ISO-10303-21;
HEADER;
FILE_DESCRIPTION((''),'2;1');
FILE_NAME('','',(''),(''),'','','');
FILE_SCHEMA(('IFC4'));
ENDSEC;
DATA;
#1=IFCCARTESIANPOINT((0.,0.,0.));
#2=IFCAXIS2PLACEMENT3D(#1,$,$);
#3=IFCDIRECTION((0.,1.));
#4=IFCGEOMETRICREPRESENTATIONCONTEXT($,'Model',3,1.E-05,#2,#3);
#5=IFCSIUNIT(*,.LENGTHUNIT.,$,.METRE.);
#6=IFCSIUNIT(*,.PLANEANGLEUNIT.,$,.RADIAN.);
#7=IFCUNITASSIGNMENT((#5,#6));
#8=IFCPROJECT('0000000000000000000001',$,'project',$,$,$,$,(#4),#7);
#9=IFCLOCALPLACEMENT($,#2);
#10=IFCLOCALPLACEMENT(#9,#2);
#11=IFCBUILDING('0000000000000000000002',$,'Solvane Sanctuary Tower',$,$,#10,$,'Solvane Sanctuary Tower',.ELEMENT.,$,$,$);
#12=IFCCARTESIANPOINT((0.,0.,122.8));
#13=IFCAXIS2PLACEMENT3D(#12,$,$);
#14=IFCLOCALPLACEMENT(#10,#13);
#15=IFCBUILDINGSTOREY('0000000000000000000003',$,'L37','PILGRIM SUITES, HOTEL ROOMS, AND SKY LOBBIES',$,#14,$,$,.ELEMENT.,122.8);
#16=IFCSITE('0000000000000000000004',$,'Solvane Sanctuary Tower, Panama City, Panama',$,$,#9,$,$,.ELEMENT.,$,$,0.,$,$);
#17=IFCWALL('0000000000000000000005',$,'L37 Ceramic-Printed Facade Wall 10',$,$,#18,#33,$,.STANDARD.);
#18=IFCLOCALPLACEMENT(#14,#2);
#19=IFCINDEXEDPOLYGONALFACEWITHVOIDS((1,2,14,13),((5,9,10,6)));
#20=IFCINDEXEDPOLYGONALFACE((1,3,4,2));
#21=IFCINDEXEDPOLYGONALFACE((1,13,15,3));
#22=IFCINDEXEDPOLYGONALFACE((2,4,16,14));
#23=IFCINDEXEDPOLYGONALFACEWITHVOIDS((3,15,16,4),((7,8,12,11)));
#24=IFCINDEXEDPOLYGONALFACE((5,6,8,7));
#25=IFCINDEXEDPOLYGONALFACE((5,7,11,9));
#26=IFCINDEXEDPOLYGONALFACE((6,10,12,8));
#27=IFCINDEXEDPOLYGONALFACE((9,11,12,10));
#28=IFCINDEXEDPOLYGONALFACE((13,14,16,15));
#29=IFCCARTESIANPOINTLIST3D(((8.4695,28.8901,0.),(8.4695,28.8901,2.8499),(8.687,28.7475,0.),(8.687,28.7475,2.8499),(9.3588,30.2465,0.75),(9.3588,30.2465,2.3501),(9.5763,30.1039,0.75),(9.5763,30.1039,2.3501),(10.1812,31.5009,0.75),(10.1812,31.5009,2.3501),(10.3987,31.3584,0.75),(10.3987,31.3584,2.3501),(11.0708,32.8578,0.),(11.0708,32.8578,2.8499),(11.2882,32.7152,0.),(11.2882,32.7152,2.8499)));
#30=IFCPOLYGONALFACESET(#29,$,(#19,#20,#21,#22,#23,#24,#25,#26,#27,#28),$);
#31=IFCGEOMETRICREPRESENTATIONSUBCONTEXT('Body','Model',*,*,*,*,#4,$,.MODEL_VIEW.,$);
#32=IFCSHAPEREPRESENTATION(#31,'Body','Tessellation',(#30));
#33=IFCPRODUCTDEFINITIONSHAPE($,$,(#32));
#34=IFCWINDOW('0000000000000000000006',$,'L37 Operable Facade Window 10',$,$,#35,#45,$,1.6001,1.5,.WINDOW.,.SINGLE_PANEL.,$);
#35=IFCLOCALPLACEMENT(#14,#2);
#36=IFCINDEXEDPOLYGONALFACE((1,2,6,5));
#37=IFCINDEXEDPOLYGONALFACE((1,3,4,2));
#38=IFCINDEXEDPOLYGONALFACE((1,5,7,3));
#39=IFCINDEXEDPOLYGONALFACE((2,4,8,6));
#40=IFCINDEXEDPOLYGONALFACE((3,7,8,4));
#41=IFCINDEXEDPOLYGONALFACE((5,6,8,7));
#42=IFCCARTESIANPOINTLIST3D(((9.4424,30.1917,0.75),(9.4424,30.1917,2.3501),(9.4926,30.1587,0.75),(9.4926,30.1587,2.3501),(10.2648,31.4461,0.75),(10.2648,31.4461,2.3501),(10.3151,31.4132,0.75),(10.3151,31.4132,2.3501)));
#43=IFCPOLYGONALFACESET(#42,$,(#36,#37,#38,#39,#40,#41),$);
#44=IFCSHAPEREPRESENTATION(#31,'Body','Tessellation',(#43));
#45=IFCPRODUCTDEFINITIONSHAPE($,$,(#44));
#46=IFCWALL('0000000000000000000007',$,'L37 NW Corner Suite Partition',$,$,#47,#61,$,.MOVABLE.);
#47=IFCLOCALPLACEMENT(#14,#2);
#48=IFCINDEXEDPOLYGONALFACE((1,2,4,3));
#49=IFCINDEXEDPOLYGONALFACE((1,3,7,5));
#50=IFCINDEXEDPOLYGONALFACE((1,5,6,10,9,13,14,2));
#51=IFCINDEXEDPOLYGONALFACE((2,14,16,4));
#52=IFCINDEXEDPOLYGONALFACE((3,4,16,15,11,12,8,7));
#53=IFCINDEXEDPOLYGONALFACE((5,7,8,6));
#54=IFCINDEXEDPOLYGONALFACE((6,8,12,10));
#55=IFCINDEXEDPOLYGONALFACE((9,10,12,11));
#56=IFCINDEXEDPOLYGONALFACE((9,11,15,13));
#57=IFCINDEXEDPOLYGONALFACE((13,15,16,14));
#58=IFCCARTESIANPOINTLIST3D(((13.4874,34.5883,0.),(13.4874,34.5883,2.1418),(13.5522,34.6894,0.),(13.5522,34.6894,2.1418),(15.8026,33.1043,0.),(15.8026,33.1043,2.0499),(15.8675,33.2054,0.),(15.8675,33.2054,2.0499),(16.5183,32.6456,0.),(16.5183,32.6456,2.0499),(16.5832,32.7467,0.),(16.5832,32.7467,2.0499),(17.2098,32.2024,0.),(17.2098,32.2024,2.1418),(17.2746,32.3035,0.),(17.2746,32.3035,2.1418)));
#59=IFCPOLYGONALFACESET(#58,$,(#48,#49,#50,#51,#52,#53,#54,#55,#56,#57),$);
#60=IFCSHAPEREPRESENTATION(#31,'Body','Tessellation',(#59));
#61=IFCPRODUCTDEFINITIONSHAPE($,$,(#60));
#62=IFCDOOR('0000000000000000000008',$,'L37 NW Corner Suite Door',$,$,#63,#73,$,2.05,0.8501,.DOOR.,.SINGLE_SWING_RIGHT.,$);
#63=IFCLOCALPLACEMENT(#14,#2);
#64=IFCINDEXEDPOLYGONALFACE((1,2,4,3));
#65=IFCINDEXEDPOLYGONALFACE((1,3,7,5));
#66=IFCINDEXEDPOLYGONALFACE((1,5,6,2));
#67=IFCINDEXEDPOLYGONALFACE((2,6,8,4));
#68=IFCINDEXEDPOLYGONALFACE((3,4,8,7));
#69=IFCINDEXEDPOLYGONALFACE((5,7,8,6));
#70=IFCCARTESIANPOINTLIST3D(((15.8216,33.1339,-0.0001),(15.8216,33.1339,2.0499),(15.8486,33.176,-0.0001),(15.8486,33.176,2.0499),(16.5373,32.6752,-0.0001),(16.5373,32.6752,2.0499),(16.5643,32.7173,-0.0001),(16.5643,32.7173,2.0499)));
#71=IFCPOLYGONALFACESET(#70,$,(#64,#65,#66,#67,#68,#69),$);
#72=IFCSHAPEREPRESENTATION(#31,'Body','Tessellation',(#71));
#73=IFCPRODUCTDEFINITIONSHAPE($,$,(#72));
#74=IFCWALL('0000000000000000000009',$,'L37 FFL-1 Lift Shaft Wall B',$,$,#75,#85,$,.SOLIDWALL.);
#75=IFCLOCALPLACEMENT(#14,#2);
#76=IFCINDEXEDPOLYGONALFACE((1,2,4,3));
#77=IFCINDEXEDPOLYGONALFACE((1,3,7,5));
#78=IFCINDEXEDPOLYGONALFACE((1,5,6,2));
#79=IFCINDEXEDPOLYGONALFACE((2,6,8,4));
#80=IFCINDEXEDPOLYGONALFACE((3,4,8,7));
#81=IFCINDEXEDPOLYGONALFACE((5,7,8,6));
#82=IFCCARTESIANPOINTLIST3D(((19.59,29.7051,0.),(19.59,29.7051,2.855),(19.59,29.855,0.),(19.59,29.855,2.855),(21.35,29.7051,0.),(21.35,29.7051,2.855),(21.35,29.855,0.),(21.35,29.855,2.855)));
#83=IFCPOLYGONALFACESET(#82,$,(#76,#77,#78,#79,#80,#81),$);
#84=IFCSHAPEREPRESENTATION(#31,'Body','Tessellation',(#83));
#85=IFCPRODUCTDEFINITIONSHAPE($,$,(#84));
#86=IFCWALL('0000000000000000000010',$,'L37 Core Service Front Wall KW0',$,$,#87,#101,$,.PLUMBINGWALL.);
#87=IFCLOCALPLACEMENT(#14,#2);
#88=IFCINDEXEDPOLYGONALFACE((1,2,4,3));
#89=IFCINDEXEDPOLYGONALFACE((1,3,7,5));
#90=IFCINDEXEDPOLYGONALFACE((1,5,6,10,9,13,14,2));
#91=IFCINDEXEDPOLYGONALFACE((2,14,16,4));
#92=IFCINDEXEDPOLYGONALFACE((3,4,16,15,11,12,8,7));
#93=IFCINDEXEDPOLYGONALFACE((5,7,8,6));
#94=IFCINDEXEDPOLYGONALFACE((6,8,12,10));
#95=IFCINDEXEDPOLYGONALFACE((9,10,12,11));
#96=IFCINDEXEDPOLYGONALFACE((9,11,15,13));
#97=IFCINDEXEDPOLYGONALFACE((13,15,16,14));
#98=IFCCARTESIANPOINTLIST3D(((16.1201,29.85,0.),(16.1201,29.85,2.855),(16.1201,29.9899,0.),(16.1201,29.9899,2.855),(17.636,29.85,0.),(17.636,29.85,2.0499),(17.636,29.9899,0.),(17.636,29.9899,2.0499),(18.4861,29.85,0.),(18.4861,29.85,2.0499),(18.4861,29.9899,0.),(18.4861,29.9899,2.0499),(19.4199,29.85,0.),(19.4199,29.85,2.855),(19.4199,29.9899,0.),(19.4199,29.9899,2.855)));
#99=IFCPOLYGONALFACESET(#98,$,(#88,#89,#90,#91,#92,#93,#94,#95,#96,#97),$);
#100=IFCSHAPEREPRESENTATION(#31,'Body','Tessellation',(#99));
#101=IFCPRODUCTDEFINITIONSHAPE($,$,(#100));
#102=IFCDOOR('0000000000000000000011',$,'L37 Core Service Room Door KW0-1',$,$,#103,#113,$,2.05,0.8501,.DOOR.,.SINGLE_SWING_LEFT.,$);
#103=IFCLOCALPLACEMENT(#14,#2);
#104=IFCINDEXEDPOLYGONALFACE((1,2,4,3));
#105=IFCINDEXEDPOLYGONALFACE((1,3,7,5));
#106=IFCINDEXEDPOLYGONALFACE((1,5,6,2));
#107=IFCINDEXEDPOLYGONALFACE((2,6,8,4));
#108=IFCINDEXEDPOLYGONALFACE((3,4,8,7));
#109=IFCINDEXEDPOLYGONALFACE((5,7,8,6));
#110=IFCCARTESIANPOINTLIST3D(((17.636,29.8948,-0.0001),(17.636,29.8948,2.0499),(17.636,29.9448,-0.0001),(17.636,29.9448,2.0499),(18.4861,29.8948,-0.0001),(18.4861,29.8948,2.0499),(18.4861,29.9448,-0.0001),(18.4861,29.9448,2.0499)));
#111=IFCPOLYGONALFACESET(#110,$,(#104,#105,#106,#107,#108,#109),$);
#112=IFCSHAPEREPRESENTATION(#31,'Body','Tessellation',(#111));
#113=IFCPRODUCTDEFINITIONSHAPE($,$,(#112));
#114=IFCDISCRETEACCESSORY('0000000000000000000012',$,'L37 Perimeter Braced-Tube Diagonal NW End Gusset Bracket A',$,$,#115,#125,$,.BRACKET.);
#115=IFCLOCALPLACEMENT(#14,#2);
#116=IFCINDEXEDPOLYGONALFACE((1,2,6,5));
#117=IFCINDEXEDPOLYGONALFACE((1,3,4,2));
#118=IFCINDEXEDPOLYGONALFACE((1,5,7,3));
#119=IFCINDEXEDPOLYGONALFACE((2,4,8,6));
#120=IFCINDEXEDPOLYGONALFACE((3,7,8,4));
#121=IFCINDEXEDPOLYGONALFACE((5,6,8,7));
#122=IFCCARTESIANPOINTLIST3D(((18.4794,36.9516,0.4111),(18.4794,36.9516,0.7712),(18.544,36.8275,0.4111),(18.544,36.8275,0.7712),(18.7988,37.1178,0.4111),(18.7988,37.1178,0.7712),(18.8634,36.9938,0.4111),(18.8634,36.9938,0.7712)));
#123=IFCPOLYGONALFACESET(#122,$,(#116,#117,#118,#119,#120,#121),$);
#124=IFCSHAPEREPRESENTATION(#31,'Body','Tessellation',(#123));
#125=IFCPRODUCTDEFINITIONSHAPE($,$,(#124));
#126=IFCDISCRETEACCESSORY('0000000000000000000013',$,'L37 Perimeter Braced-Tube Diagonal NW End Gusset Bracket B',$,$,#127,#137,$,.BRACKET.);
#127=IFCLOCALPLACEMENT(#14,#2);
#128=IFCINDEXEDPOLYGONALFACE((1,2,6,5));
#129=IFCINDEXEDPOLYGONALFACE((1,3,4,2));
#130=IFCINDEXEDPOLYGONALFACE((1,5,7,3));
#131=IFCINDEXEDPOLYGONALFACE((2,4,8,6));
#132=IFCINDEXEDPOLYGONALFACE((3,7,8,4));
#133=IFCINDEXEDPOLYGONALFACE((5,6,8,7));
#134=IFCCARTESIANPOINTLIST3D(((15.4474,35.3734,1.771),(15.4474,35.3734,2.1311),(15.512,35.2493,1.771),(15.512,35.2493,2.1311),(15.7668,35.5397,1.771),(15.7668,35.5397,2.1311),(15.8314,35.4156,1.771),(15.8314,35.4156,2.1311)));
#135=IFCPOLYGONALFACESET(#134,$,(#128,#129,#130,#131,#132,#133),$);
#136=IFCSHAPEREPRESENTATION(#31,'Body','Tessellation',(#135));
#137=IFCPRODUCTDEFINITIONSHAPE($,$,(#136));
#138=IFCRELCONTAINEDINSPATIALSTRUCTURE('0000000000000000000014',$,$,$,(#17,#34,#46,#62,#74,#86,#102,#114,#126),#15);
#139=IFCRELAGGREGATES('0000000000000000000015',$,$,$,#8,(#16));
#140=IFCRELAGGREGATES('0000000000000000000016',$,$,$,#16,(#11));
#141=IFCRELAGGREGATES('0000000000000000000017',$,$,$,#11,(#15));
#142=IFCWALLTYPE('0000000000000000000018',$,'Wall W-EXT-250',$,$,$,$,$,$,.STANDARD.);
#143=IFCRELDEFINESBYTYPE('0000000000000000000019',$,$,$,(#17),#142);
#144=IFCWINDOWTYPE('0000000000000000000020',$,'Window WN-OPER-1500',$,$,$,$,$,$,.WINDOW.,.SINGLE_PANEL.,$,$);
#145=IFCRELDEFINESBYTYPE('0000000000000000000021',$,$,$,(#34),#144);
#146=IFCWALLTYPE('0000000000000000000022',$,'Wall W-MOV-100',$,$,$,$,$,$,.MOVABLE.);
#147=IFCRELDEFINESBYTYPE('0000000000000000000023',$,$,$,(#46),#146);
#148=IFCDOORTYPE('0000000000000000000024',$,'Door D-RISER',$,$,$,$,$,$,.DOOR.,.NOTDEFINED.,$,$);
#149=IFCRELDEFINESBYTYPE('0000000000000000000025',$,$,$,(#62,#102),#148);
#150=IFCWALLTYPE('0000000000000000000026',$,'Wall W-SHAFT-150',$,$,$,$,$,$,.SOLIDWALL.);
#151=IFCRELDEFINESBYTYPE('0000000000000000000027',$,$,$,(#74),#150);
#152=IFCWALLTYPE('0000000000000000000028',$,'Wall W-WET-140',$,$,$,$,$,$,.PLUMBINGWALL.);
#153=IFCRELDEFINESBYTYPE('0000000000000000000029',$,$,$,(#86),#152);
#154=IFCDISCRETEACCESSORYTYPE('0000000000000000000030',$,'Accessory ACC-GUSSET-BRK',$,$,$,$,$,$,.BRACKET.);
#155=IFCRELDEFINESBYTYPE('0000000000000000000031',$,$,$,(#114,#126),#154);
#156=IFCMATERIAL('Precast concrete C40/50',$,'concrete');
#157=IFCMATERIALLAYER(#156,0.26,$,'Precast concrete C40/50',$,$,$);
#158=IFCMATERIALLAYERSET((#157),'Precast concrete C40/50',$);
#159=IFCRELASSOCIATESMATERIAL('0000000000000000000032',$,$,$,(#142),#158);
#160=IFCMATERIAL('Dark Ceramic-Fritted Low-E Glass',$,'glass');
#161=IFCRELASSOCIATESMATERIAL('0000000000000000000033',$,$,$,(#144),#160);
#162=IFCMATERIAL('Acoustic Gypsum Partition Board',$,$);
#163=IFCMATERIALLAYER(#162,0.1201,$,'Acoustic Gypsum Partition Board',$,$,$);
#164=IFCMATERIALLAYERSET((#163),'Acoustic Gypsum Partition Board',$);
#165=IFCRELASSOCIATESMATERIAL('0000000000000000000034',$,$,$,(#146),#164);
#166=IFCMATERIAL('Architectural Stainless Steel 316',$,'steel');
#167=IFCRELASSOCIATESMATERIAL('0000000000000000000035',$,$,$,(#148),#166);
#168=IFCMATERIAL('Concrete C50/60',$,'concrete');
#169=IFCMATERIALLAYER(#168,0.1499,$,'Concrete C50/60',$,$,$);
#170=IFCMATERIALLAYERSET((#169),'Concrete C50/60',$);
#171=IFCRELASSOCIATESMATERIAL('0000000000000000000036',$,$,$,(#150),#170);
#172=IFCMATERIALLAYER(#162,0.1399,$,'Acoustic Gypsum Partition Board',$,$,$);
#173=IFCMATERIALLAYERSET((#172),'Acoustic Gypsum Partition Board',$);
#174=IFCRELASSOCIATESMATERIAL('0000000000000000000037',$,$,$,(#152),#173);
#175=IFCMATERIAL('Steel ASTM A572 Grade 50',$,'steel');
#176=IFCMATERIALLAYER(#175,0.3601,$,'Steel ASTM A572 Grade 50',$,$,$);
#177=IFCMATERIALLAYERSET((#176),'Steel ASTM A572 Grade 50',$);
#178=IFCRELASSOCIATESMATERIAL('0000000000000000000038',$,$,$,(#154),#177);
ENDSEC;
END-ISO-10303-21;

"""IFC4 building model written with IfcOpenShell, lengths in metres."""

from ifc_helpers import new_model, si_unit, direction, frame, frame_2d, origin, origin_2d, place, context, subcontext, project, spatial, rectangle, extrude, material, layer, layer_set, type_object, element, fill, save


model = new_model("IFC4")

# Units and contexts
model_context = context("Model", 3, precision=1e-05, world=origin(), true_north=direction((0.0, 1.0)))
body_context = subcontext(model_context, "Body", "Model", "MODEL_VIEW")
ifc_project = project(units=[si_unit("LENGTHUNIT", "METRE"), si_unit("PLANEANGLEUNIT", "RADIAN")], contexts=[model_context])

# Site, building, storey
site_placement = place(None, origin())
site = spatial("IfcSite", under=ifc_project, at=site_placement, Name="Solvane Sanctuary Tower, Panama City, Panama", CompositionType="ELEMENT", RefElevation=0.0)
building_placement = place(site_placement, origin())
building = spatial("IfcBuilding", under=site, at=building_placement, Name="Solvane Sanctuary Tower", LongName="Solvane Sanctuary Tower", CompositionType="ELEMENT")
storey_placement = place(building_placement, frame((0.0, 0.0, 122.8)))
storey = spatial("IfcBuildingStorey", under=building, at=storey_placement, Name="L37", Description="PILGRIM SUITES, HOTEL ROOMS, AND SKY LOBBIES", CompositionType="ELEMENT", Elevation=122.8)

# Shared definitions
ifc_material_1 = material(Name="Acoustic Gypsum Partition Board")

# Shared definitions
ifc_material_2 = material(Name="Precast concrete C40/50", Category="concrete")
ifc_layer_1 = layer(ifc_material_2, 0.26, Name="Precast concrete C40/50")
ifc_layer_set_1 = layer_set([ifc_layer_1], Name="Precast concrete C40/50")
wall_type_1 = type_object("IfcWallType", Name="Wall W-EXT-250", PredefinedType="STANDARD", material=ifc_layer_set_1)

# Wall, opening, window
ifc_material_3 = material(Name="Dark Ceramic-Fritted Low-E Glass", Category="glass")
wall_1_placement = place(storey_placement, frame((11.1794, 32.7864, 0.0), z_axis=(0.0, 0.0, 1.0), x_axis=(-0.548283, -0.836293, 0.0)))
wall_1 = element("IfcWall", 1, at=wall_1_placement, inside=storey, type_object=wall_type_1, Name="L37 Ceramic-Printed Facade Wall 10", PredefinedType="STANDARD", context=body_context, shape_type="SweptSolid", body=[
    extrude(rectangle(XDim=4.7444, YDim=0.26, at=frame_2d((2.3721, 0.0))), origin(), (0.0, 0.0, 1.0), 2.8499),
])
opening_1_placement = place(wall_1_placement, frame((1.6223, 0.0, 0.75)))
opening_1 = element("IfcOpeningElement", 2, at=opening_1_placement, cuts=wall_1, PredefinedType="OPENING", context=body_context, shape_type="SweptSolid", body=[
    extrude(rectangle(XDim=1.5, YDim=1.6001, at=frame_2d((0.75, 0.8))), frame((0.0, 0.1399, 0.0), z_axis=(0.0, -1.0, 0.0), x_axis=(1.0, 0.0, 0.0)), (0.0, 0.0, 1.0), 0.28),
])
window_type_1 = type_object("IfcWindowType", Name="Window WN-OPER-1500", PartitioningType="SINGLE_PANEL", PredefinedType="WINDOW", material=ifc_material_3)
window_1_placement = place(opening_1_placement, origin())
window_1 = element("IfcWindow", 3, at=window_1_placement, inside=storey, type_object=window_type_1, Name="L37 Operable Facade Window 10", OverallHeight=1.6001, OverallWidth=1.5, PartitioningType="SINGLE_PANEL", PredefinedType="WINDOW", context=body_context, shape_type="SweptSolid", body=[
    extrude(rectangle(XDim=1.5, YDim=1.6001, at=frame_2d((0.75, 0.8))), frame((0.0, 0.03, 0.0), z_axis=(0.0, -1.0, 0.0), x_axis=(1.0, 0.0, 0.0)), (0.0, 0.0, 1.0), 0.0601),
])
fill(opening_1, window_1)

# Wall, opening, door
ifc_layer_2 = layer(ifc_material_1, 0.1201, Name="Acoustic Gypsum Partition Board")
ifc_layer_set_2 = layer_set([ifc_layer_2], Name="Acoustic Gypsum Partition Board")
wall_type_2 = type_object("IfcWallType", Name="Wall W-MOV-100", PredefinedType="MOVABLE", material=ifc_layer_set_2)
wall_2_placement = place(storey_placement, frame((17.2422, 32.2529, 0.0), z_axis=(0.0, 0.0, 1.0), x_axis=(-0.841897, 0.539638, 0.0)))
wall_2 = element("IfcWall", 4, at=wall_2_placement, inside=storey, type_object=wall_type_2, Name="L37 NW Corner Suite Partition", PredefinedType="MOVABLE", context=body_context, shape_type="SweptSolid", body=[
    extrude(rectangle(XDim=4.4214, YDim=0.1201, at=frame_2d((2.2107, 0.0))), origin(), (0.0, 0.0, 1.0), 2.1418),
])
opening_2_placement = place(wall_2_placement, frame((0.8213, 0.0, 0.0)))
opening_2 = element("IfcOpeningElement", 5, at=opening_2_placement, cuts=wall_2, PredefinedType="OPENING", context=body_context, shape_type="SweptSolid", body=[
    extrude(rectangle(XDim=0.8501, YDim=2.05, at=frame_2d((0.425, 1.0249))), frame((0.0, 0.0701, 0.0), z_axis=(0.0, -1.0, 0.0), x_axis=(1.0, 0.0, 0.0)), (0.0, 0.0, 1.0), 0.1401),
])
ifc_material_4 = material(Name="Architectural Stainless Steel 316", Category="steel")
door_type_1 = type_object("IfcDoorType", Name="Door D-RISER", OperationType="NOTDEFINED", PredefinedType="DOOR", material=ifc_material_4)
door_1_placement = place(opening_2_placement, origin())
door_1 = element("IfcDoor", 6, at=door_1_placement, inside=storey, type_object=door_type_1, Name="L37 NW Corner Suite Door", OperationType="SINGLE_SWING_RIGHT", OverallHeight=2.05, OverallWidth=0.8501, PredefinedType="DOOR", context=body_context, shape_type="SweptSolid", body=[
    extrude(rectangle(XDim=0.8501, YDim=2.05, at=frame_2d((0.425, 1.0249))), frame((0.0, 0.0249, 0.0), z_axis=(0.0, -1.0, 0.0), x_axis=(1.0, 0.0, 0.0)), (0.0, 0.0, 1.0), 0.05),
])
fill(opening_2, door_1)

# Wall
ifc_material_5 = material(Name="Concrete C50/60", Category="concrete")
ifc_layer_3 = layer(ifc_material_5, 0.1499, Name="Concrete C50/60")
ifc_layer_set_3 = layer_set([ifc_layer_3], Name="Concrete C50/60")
wall_type_3 = type_object("IfcWallType", Name="Wall W-SHAFT-150", PredefinedType="SOLIDWALL", material=ifc_layer_set_3)
wall_3_placement = place(storey_placement, frame((19.5901, 29.78, 0.0), z_axis=(0.0, 0.0, 1.0), x_axis=(1.0, 0.0, 0.0)))
element("IfcWall", 7, at=wall_3_placement, inside=storey, type_object=wall_type_3, Name="L37 FFL-1 Lift Shaft Wall B", PredefinedType="SOLIDWALL", context=body_context, shape_type="SweptSolid", body=[
    extrude(rectangle(XDim=1.76, YDim=0.1499, at=frame_2d((0.8799, 0.0))), origin(), (0.0, 0.0, 1.0), 2.855),
])

# Wall, opening, door
ifc_layer_4 = layer(ifc_material_1, 0.1399, Name="Acoustic Gypsum Partition Board")
ifc_layer_set_4 = layer_set([ifc_layer_4], Name="Acoustic Gypsum Partition Board")
wall_type_4 = type_object("IfcWallType", Name="Wall W-WET-140", PredefinedType="PLUMBINGWALL", material=ifc_layer_set_4)
wall_4_placement = place(storey_placement, frame((16.1201, 29.9199, 0.0), z_axis=(0.0, 0.0, 1.0), x_axis=(1.0, 0.0, 0.0)))
wall_4 = element("IfcWall", 8, at=wall_4_placement, inside=storey, type_object=wall_type_4, Name="L37 Core Service Front Wall KW0", PredefinedType="PLUMBINGWALL", context=body_context, shape_type="SweptSolid", body=[
    extrude(rectangle(XDim=3.2998, YDim=0.1399, at=frame_2d((1.6499, 0.0))), origin(), (0.0, 0.0, 1.0), 2.855),
])
opening_3_placement = place(wall_4_placement, frame((1.5159, 0.0, 0.0)))
opening_3 = element("IfcOpeningElement", 9, at=opening_3_placement, cuts=wall_4, PredefinedType="OPENING", context=body_context, shape_type="SweptSolid", body=[
    extrude(rectangle(XDim=0.8501, YDim=2.05, at=frame_2d((0.425, 1.0249))), frame((0.0, 0.0798, 0.0), z_axis=(0.0, -1.0, 0.0), x_axis=(1.0, 0.0, 0.0)), (0.0, 0.0, 1.0), 0.1599),
])
door_2_placement = place(opening_3_placement, origin())
door_2 = element("IfcDoor", 10, at=door_2_placement, inside=storey, type_object=door_type_1, Name="L37 Core Service Room Door KW0-1", OperationType="SINGLE_SWING_LEFT", OverallHeight=2.05, OverallWidth=0.8501, PredefinedType="DOOR", context=body_context, shape_type="SweptSolid", body=[
    extrude(rectangle(XDim=0.8501, YDim=2.05, at=frame_2d((0.425, 1.0249))), frame((0.0, 0.0249, 0.0), z_axis=(0.0, -1.0, 0.0), x_axis=(1.0, 0.0, 0.0)), (0.0, 0.0, 1.0), 0.05),
])
fill(opening_3, door_2)

# Discrete accessories
ifc_material_6 = material(Name="Steel ASTM A572 Grade 50", Category="steel")
ifc_layer_5 = layer(ifc_material_6, 0.3601, Name="Steel ASTM A572 Grade 50")
ifc_layer_set_5 = layer_set([ifc_layer_5], Name="Steel ASTM A572 Grade 50")
discrete_accessory_type = type_object("IfcDiscreteAccessoryType", Name="Accessory ACC-GUSSET-BRK", PredefinedType="BRACKET", material=ifc_layer_set_5)
for number, where, z_axis, x_axis, name in (
    (11, (18.6714, 36.9727, 0.4111), (0.0, 0.0, 1.0), (-0.887011, -0.461749, 0.0), "L37 Perimeter Braced-Tube Diagonal NW End Gusset Bracket A"),
    (12, (15.6394, 35.3945, 1.771), (0.0, 0.0, 1.0), (-0.887011, -0.461749, 0.0), "L37 Perimeter Braced-Tube Diagonal NW End Gusset Bracket B"),
):
    element("IfcDiscreteAccessory", number, at=place(storey_placement, frame(where, z_axis=z_axis, x_axis=x_axis)), inside=storey, type_object=discrete_accessory_type, Name=name, PredefinedType="BRACKET", context=body_context, shape_type="SweptSolid", body=[
        extrude(rectangle(XDim=0.3601, YDim=0.1399, at=origin_2d()), origin(), (0.0, 0.0, 1.0), 0.3601),
    ])

save(model, "model.ifc")
